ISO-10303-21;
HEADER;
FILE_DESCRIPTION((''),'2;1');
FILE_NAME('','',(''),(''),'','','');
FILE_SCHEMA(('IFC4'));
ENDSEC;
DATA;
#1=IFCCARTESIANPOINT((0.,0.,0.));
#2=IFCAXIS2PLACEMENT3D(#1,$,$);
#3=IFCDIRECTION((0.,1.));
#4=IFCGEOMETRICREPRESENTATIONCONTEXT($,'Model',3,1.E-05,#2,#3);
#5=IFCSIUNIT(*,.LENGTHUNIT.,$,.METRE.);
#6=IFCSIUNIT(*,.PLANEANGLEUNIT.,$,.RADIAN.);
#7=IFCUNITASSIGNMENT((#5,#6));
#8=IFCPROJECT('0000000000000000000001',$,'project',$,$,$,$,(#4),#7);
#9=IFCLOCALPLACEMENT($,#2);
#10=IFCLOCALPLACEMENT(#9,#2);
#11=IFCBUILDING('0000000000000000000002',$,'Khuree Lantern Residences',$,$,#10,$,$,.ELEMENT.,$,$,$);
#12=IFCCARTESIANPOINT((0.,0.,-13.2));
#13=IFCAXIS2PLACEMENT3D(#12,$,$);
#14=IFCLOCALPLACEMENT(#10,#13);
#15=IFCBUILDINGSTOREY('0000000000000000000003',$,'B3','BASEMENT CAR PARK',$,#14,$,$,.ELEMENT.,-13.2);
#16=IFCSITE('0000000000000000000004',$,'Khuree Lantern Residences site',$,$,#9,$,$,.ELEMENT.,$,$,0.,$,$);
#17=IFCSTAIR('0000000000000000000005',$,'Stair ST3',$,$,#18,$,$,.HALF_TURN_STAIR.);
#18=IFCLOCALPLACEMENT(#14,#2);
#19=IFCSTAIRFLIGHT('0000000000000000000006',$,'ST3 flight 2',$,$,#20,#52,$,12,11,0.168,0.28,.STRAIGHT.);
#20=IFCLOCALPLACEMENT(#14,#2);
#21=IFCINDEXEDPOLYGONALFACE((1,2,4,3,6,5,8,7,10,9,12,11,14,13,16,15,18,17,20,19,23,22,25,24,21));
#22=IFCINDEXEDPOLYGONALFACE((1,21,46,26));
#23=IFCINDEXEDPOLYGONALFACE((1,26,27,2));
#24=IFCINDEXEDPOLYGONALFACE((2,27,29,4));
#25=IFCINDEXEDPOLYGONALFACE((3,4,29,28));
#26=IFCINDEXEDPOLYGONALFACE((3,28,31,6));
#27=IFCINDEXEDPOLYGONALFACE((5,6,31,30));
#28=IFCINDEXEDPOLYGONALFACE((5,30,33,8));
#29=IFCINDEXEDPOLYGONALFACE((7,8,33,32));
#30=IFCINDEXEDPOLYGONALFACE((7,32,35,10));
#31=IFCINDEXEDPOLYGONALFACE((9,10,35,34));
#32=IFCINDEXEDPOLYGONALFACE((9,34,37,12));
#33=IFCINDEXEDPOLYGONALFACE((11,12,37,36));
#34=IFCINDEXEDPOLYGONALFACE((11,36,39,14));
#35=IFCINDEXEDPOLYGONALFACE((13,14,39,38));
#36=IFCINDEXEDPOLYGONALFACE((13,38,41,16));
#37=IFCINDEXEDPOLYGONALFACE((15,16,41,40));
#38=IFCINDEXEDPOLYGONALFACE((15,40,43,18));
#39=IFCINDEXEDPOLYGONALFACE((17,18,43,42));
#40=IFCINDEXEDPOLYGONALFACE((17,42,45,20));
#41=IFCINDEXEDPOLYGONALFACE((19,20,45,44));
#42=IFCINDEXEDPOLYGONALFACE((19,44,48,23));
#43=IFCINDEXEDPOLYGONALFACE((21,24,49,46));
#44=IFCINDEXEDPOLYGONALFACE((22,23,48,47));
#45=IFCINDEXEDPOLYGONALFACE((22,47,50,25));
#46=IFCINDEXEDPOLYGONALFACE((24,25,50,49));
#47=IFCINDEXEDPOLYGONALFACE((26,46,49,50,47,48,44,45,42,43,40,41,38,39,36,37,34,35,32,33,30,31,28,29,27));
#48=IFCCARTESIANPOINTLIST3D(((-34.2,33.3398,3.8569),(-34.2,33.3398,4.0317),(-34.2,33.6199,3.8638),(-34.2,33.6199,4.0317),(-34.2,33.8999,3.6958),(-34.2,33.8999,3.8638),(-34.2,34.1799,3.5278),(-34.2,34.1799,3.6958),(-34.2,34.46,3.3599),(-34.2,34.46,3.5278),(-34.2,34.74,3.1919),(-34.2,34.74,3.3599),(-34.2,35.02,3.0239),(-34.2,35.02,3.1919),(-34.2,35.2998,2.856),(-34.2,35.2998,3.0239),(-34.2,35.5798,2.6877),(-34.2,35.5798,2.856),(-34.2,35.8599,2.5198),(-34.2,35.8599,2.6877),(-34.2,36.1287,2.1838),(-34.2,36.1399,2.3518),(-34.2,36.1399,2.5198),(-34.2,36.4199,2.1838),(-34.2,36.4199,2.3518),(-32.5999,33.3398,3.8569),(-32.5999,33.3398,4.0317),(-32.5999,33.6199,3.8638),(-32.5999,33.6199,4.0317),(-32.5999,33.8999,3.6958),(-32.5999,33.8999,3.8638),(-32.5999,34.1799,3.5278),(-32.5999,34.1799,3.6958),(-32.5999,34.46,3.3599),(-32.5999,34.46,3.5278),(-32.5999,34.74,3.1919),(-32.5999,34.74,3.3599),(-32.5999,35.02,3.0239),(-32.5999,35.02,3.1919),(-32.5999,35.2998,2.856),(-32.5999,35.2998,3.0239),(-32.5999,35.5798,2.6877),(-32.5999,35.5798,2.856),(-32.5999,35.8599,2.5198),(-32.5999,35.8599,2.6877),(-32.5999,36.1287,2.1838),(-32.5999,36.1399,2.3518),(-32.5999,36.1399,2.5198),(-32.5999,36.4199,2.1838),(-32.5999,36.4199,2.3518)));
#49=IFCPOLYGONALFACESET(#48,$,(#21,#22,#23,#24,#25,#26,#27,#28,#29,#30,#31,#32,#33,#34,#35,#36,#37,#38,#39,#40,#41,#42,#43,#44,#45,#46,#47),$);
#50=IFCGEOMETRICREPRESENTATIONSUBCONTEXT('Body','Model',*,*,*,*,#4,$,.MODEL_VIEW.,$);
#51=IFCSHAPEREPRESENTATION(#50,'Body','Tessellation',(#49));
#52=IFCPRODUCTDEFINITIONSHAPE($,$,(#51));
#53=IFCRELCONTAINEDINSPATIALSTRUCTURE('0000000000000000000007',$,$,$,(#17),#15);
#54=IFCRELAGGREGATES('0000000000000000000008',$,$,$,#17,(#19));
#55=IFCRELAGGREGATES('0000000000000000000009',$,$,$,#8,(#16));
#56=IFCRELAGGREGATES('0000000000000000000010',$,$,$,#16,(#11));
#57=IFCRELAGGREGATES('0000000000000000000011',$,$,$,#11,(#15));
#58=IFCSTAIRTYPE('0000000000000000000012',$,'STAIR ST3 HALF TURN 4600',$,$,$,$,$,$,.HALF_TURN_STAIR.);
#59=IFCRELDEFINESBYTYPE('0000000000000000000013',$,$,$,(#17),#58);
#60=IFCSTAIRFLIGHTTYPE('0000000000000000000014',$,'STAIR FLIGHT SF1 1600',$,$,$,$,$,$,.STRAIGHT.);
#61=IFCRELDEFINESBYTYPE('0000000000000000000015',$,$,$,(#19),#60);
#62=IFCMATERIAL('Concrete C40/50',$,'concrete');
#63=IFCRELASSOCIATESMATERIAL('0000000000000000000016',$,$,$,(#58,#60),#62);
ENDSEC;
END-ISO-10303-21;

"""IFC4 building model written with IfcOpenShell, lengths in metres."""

from ifc_helpers import new_model, si_unit, direction, frame, origin, place, context, subcontext, project, spatial, polyline, outline, extrude, material, type_object, element, aggregate, save


model = new_model("IFC4")

# Units and contexts
model_context = context("Model", 3, precision=1e-05, world=origin(), true_north=direction((0.0, 1.0)))
body_context = subcontext(model_context, "Body", "Model", "MODEL_VIEW")
ifc_project = project(units=[si_unit("LENGTHUNIT", "METRE"), si_unit("PLANEANGLEUNIT", "RADIAN")], contexts=[model_context])

# Site, building, storey
site_placement = place(None, origin())
site = spatial("IfcSite", under=ifc_project, at=site_placement, Name="Khuree Lantern Residences site", CompositionType="ELEMENT", RefElevation=0.0)
building_placement = place(site_placement, origin())
building = spatial("IfcBuilding", under=site, at=building_placement, Name="Khuree Lantern Residences", CompositionType="ELEMENT")
storey_placement = place(building_placement, frame((0.0, 0.0, -13.2)))
storey = spatial("IfcBuildingStorey", under=building, at=storey_placement, Name="B3", Description="BASEMENT CAR PARK", CompositionType="ELEMENT", Elevation=-13.2)

# Shared definitions
ifc_material_1 = material(Name="Concrete C40/50", Category="concrete")

# Stair, stair flight
stair_type = type_object("IfcStairType", Name="STAIR ST3 HALF TURN 4600", PredefinedType="HALF_TURN_STAIR", material=ifc_material_1)
stair_placement = place(storey_placement, origin())
stair = element("IfcStair", 1, at=stair_placement, inside=storey, type_object=stair_type, Name="Stair ST3", PredefinedType="HALF_TURN_STAIR")
stair_flight_type = type_object("IfcStairFlightType", Name="STAIR FLIGHT SF1 1600", PredefinedType="STRAIGHT", material=ifc_material_1)
stair_flight_1_placement = place(storey_placement, frame((-33.3999, 36.4199, 2.1838), z_axis=(0.0, 0.0, 1.0), x_axis=(0.0, -1.0, 0.0)))
stair_flight_1 = element("IfcStairFlight", 2, at=stair_flight_1_placement, type_object=stair_flight_type, Name="ST3 flight 2", NumberOfRisers=12, NumberOfTreads=11, PredefinedType="STRAIGHT", RiserHeight=0.168, TreadLength=0.28, context=body_context, shape_type="SweptSolid", body=[
    extrude(outline(polyline([(0.0, 0.0), (0.0, 0.168), (0.28, 0.168), (0.28, 0.3359), (0.5601, 0.3359), (0.5601, 0.5039), (0.8401, 0.5039), (0.8401, 0.6721), (1.1201, 0.6721), (1.1201, 0.8401), (1.3999, 0.8401), (1.3999, 1.0081), (1.6799, 1.0081), (1.6799, 1.176), (1.96, 1.176), (1.96, 1.344), (2.24, 1.344), (2.24, 1.512), (2.52, 1.512), (2.52, 1.6799), (2.8, 1.6799), (2.8, 1.8479), (3.0801, 1.8479), (3.0801, 2.0161), (3.0801, 1.6731), (0.2913, 0.0), (0.0, 0.0)])), frame((0.0, 0.8, 0.0), z_axis=(0.0, -1.0, 0.0), x_axis=(1.0, 0.0, 0.0)), (0.0, 0.0, 1.0), 1.6001),
])
aggregate(stair, [stair_flight_1])

save(model, "model.ifc")
